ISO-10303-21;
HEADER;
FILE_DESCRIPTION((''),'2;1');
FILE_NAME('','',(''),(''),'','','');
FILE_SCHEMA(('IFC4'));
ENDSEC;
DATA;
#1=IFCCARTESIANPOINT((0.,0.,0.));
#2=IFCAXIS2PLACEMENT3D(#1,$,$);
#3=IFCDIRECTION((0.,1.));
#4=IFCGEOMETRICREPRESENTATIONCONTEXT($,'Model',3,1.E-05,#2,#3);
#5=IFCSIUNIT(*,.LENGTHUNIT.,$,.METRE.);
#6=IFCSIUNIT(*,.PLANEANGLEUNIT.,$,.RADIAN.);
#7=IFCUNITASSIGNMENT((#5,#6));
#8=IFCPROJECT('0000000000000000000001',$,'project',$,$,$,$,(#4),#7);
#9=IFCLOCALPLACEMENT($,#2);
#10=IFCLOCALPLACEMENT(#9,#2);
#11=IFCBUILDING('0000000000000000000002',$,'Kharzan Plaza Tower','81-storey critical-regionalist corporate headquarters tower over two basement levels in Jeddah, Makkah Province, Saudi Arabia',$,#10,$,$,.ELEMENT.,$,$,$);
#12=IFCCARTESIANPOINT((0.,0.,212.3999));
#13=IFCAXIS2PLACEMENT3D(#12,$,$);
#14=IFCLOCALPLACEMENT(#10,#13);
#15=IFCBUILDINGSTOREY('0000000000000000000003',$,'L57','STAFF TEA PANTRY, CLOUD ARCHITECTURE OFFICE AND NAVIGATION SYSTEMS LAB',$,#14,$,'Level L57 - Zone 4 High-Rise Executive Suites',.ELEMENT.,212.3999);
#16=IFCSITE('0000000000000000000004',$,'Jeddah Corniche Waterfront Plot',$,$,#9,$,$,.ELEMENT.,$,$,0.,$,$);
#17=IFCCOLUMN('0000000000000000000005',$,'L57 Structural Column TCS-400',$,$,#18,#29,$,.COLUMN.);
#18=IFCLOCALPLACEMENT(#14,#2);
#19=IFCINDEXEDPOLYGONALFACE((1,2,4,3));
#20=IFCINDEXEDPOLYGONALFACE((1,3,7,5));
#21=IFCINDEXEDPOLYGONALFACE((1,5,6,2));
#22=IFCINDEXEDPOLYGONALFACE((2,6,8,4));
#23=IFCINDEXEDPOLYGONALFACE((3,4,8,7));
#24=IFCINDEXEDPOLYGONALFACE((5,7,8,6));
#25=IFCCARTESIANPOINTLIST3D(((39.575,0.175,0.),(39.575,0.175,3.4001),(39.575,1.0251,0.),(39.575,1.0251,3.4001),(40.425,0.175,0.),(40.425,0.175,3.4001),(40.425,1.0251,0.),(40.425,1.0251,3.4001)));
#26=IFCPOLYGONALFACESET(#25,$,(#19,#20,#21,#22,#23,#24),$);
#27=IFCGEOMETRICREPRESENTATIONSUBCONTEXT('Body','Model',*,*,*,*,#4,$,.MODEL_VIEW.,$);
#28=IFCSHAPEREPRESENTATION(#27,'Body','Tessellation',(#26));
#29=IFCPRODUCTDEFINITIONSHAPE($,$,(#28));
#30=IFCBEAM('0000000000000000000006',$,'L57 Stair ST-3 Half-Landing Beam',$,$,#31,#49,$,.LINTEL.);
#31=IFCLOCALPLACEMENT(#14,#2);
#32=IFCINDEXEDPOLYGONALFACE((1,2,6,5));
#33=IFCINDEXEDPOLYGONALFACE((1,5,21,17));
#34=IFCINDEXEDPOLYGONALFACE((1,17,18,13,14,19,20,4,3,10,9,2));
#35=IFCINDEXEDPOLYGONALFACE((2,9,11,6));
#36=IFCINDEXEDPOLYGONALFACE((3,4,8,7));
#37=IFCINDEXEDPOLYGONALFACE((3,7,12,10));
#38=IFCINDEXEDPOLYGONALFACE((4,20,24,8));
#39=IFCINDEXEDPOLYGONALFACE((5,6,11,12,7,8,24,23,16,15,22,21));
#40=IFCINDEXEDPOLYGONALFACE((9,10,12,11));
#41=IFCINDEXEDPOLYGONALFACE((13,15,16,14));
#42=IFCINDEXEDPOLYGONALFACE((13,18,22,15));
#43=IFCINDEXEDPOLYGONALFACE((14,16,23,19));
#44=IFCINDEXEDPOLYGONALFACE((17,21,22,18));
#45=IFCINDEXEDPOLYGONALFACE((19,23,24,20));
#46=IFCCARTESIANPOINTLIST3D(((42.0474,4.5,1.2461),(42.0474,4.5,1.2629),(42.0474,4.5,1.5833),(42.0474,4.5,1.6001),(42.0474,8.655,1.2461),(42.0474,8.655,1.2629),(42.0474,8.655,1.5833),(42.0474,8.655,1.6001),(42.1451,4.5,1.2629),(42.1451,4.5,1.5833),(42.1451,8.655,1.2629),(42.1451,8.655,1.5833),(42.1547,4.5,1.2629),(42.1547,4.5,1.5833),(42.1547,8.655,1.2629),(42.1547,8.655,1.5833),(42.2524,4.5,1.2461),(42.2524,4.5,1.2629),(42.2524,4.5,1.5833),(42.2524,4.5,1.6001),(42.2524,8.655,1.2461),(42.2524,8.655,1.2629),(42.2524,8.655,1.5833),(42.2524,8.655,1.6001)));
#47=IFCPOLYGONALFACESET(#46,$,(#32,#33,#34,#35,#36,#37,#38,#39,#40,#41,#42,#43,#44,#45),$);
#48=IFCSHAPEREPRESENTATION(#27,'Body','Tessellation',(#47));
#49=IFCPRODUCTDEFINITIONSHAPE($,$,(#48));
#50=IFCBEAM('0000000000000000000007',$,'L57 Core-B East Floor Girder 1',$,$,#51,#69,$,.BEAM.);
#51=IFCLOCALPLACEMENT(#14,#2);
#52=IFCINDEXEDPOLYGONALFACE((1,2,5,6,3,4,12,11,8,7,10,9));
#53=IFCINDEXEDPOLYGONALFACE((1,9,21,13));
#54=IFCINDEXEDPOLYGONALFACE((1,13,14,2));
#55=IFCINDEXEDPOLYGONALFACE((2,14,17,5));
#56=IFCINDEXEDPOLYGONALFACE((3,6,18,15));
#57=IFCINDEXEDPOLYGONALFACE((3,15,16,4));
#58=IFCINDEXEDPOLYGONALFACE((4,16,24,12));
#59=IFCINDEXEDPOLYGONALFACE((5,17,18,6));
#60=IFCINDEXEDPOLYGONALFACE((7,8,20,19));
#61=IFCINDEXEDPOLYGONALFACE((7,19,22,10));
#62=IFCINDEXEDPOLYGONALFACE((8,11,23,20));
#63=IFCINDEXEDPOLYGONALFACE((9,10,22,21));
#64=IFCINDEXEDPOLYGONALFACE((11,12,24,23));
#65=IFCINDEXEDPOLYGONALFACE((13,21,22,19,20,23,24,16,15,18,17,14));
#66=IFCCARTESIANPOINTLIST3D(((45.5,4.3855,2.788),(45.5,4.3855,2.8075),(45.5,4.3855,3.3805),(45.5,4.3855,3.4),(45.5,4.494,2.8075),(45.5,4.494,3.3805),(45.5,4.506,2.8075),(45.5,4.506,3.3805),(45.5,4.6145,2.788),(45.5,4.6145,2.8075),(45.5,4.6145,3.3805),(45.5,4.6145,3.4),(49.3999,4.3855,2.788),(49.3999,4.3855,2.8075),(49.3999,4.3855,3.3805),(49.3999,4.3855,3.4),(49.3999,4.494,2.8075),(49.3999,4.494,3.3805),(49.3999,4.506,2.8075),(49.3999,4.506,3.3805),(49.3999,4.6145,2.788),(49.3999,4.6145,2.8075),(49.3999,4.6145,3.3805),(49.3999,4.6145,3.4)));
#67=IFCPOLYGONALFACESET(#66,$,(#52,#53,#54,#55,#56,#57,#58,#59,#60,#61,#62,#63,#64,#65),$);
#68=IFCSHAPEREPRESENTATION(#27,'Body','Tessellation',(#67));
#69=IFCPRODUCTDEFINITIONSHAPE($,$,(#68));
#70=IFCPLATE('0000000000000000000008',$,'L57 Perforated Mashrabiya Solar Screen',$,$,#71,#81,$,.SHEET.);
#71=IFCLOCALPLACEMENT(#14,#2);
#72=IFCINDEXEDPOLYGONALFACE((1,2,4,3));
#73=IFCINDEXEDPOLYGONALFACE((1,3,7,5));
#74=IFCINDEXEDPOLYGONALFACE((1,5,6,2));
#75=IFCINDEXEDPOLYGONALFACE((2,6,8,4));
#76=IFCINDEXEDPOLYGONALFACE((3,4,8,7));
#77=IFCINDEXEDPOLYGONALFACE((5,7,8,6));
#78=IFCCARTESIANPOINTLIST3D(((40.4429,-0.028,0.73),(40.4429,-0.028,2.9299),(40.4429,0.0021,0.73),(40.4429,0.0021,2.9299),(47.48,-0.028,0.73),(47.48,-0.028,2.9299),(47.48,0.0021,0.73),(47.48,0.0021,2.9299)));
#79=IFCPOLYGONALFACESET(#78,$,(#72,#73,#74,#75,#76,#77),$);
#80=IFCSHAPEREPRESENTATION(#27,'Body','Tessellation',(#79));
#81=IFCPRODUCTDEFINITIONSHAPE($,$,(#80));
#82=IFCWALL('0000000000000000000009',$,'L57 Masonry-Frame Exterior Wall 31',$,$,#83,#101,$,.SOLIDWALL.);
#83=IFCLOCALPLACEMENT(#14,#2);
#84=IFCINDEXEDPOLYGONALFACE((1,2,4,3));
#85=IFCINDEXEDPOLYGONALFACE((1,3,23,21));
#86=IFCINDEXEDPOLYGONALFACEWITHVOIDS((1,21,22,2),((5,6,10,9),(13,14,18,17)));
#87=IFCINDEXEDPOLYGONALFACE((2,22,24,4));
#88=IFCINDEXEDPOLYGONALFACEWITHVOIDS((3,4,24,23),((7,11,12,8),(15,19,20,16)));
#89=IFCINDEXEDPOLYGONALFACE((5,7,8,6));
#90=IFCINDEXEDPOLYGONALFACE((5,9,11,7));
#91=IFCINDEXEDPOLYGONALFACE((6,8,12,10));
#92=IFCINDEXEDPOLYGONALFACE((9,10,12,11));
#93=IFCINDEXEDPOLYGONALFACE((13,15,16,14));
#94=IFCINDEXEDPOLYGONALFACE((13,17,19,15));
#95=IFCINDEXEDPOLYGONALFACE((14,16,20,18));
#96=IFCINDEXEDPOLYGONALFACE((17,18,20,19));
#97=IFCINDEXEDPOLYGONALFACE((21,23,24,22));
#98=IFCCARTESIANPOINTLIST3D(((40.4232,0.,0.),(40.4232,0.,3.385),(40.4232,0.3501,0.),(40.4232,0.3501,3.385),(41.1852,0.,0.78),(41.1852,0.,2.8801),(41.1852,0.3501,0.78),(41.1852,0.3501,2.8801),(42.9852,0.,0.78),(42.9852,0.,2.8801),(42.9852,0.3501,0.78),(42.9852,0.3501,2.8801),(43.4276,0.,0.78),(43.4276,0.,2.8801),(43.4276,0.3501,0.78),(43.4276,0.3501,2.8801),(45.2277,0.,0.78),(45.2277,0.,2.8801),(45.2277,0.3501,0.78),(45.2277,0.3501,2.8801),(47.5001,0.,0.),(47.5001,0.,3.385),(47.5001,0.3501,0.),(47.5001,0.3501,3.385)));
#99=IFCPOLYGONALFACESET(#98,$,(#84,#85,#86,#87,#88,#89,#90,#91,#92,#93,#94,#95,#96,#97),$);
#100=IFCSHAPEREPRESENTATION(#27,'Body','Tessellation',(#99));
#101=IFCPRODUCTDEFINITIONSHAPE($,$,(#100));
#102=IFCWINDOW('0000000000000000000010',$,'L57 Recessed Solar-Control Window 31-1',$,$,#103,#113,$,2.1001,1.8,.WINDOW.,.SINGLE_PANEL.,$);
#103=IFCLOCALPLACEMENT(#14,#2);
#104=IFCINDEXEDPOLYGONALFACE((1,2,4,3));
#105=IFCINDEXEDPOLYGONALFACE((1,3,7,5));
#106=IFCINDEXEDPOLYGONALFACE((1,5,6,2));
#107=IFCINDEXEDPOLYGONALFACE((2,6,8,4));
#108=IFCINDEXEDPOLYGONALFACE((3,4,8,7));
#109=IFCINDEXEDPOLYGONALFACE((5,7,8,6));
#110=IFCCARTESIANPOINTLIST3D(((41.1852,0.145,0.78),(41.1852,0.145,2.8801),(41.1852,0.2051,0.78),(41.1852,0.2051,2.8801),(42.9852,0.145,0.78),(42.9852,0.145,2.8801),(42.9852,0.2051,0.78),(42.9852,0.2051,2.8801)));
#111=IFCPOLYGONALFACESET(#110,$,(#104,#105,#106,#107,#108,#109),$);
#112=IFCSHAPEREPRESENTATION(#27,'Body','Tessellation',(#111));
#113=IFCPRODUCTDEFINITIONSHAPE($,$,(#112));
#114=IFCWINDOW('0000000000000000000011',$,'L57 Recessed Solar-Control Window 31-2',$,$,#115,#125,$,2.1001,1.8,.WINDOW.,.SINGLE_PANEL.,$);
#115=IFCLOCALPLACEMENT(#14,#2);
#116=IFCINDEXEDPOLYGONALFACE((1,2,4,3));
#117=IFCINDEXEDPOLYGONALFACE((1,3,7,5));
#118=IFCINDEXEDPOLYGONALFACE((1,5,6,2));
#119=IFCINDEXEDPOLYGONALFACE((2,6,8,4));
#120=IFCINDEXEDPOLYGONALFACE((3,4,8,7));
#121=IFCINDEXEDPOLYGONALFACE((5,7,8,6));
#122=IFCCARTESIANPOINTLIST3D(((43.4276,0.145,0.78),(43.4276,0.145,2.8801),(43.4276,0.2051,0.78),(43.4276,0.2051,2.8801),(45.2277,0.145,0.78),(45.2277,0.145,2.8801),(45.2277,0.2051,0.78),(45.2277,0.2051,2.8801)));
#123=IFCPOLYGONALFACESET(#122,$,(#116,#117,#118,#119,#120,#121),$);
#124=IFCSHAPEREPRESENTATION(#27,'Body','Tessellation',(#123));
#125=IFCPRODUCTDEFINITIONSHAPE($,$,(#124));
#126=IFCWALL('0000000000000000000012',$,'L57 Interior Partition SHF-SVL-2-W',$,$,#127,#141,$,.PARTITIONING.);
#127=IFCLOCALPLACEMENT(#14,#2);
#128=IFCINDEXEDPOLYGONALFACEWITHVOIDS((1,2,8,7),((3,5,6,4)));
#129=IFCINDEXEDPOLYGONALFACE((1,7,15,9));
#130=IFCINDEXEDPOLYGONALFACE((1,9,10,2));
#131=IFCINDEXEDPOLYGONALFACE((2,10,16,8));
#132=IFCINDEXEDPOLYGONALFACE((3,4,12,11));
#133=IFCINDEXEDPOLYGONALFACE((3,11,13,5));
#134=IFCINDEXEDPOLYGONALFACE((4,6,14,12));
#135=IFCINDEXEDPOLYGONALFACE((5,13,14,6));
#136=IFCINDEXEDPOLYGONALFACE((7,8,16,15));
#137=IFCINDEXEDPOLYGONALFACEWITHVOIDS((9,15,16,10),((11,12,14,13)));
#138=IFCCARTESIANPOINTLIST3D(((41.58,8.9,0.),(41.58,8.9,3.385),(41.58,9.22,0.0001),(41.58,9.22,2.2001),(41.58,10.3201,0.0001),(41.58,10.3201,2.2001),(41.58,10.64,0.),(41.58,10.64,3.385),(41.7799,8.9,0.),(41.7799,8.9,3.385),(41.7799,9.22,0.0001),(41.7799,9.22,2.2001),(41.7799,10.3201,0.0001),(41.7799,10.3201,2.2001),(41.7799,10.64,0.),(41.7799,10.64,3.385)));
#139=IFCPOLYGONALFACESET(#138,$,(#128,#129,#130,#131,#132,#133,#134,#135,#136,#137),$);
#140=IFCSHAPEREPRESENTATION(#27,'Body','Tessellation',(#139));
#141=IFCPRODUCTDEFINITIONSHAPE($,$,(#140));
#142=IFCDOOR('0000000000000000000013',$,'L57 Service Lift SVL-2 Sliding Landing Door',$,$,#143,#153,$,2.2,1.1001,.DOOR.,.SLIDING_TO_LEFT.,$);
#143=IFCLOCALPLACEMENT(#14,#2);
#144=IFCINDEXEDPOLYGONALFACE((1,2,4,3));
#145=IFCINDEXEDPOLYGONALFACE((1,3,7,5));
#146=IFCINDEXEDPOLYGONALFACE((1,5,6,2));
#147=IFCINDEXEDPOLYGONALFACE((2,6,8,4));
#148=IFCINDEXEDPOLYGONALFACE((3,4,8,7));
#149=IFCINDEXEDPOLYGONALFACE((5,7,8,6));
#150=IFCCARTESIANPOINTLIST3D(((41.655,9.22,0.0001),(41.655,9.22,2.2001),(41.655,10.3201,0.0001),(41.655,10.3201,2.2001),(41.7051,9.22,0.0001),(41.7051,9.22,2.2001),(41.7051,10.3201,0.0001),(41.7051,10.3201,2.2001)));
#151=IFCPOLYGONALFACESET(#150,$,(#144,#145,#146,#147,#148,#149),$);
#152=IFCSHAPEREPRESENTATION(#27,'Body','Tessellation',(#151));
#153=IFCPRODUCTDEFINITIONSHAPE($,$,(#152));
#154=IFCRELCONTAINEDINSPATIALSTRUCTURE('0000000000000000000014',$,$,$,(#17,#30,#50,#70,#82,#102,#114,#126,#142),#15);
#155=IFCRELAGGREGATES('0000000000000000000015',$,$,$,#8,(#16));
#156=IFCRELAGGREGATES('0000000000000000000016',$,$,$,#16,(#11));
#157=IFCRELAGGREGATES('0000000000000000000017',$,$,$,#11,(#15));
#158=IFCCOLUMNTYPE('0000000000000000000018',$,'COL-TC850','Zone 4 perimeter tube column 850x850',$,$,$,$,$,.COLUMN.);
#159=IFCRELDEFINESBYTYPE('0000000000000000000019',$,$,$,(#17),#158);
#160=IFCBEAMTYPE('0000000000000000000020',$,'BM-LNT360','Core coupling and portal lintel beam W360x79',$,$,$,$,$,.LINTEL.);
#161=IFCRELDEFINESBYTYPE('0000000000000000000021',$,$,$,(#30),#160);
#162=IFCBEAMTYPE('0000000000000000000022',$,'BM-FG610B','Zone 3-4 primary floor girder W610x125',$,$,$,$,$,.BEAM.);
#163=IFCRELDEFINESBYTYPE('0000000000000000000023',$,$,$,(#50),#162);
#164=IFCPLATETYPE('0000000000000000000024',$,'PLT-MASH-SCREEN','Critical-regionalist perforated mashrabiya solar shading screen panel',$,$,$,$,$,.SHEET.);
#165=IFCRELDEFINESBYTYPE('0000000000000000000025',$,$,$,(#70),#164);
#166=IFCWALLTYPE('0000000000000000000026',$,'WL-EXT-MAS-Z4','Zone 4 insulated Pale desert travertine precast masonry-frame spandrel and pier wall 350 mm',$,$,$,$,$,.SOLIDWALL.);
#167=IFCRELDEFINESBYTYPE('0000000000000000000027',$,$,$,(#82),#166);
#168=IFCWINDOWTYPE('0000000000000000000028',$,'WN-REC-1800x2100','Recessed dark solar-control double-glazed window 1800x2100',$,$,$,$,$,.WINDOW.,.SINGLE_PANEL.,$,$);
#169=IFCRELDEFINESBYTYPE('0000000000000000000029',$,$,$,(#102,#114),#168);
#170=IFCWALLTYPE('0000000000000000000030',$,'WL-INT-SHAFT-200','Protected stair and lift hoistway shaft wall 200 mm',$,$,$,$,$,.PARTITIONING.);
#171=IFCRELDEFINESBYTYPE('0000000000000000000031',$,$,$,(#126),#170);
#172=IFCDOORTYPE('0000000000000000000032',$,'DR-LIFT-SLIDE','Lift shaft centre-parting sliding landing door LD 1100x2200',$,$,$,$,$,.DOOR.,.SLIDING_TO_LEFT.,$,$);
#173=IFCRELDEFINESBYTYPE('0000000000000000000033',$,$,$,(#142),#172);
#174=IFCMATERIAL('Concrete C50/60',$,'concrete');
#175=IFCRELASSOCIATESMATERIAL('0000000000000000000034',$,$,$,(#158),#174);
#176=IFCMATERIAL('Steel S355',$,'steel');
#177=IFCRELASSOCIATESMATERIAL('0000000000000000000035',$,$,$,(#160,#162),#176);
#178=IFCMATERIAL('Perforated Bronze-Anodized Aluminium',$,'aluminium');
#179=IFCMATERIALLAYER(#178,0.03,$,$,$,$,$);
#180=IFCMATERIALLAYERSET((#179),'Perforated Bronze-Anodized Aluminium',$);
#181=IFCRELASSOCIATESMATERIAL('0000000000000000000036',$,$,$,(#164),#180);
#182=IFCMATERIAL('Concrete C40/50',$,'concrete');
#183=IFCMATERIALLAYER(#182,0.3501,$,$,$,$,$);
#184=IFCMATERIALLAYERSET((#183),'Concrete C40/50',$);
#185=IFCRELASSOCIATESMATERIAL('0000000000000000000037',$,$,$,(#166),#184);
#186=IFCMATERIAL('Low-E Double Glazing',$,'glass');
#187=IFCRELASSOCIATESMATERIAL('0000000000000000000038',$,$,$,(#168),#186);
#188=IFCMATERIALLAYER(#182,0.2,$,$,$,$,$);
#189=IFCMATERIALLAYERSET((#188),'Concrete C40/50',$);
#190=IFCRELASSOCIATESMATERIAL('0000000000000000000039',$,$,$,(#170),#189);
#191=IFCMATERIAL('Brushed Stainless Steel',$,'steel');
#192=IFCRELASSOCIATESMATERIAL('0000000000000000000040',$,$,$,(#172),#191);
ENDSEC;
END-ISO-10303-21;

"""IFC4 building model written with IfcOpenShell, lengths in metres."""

from ifc_helpers import new_model, si_unit, direction, frame, frame_2d, origin, origin_2d, place, context, subcontext, project, spatial, rectangle, i_section, extrude, source, transform, mapped, material, layer, layer_set, material_profile, profile_set, type_object, element, fill, save


model = new_model("IFC4")

# Units and contexts
model_context = context("Model", 3, precision=1e-05, world=origin(), true_north=direction((0.0, 1.0)))
body_context = subcontext(model_context, "Body", "Model", "MODEL_VIEW")
ifc_project = project(units=[si_unit("LENGTHUNIT", "METRE"), si_unit("PLANEANGLEUNIT", "RADIAN")], contexts=[model_context])

# Site, building, storey
site_placement = place(None, origin())
site = spatial("IfcSite", under=ifc_project, at=site_placement, Name="Jeddah Corniche Waterfront Plot", CompositionType="ELEMENT", RefElevation=0.0)
building_placement = place(site_placement, origin())
building = spatial("IfcBuilding", under=site, at=building_placement, Name="Kharzan Plaza Tower", Description="81-storey critical-regionalist corporate headquarters tower over two basement levels in Jeddah, Makkah Province, Saudi Arabia", CompositionType="ELEMENT")
storey_placement = place(building_placement, frame((0.0, 0.0, 212.3999)))
storey = spatial("IfcBuildingStorey", under=building, at=storey_placement, Name="L57", Description="STAFF TEA PANTRY, CLOUD ARCHITECTURE OFFICE AND NAVIGATION SYSTEMS LAB", LongName="Level L57 - Zone 4 High-Rise Executive Suites", CompositionType="ELEMENT", Elevation=212.3999)

# Column
ifc_material_1 = material(Name="Concrete C50/60", Category="concrete")
ifc_material_profile_1 = material_profile(ifc_material_1, rectangle(XDim=0.8501, YDim=0.8501, at=origin_2d()), Name="RC-TC850x850")
ifc_profile_set_1 = profile_set([ifc_material_profile_1], Name="Concrete C50/60")
column_type = type_object("IfcColumnType", Name="COL-TC850", Description="Zone 4 perimeter tube column 850x850", PredefinedType="COLUMN", material=ifc_profile_set_1)
shared_shape_1 = source(origin(), body_context, "Body", "SweptSolid", [
    extrude(rectangle(XDim=0.8501, YDim=0.8501, at=origin_2d()), origin(), (0.0, 0.0, 1.0), 3.4001),
])
column_placement = place(storey_placement, frame((40.0, 0.6001, 0.0), z_axis=(0.0, 0.0, 1.0), x_axis=(1.0, 0.0, 0.0)))
element("IfcColumn", 1, at=column_placement, inside=storey, type_object=column_type, Name="L57 Structural Column TCS-400", PredefinedType="COLUMN", context=body_context, shape_type="MappedRepresentation", body=[
    mapped(shared_shape_1, transform((0.0, 0.0, 0.0), x_axis=(1.0, 0.0, 0.0), y_axis=(0.0, 1.0, 0.0), z_axis=(0.0, 0.0, 1.0))),
])

# Beams
ifc_material_2 = material(Name="Steel S355", Category="steel")
ifc_material_profile_2 = material_profile(ifc_material_2, i_section(OverallWidth=0.2051, OverallDepth=0.354, WebThickness=0.0095, FlangeThickness=0.0168, at=origin_2d()), Name="W360x79")
ifc_profile_set_2 = profile_set([ifc_material_profile_2], Name="Steel S355")
beam_type_1 = type_object("IfcBeamType", Name="BM-LNT360", Description="Core coupling and portal lintel beam W360x79", PredefinedType="LINTEL", material=ifc_profile_set_2)
shared_shape_2 = source(origin(), body_context, "Body", "SweptSolid", [
    extrude(i_section(OverallWidth=0.2051, OverallDepth=0.354, WebThickness=0.0095, FlangeThickness=0.0168, at=origin_2d()), origin(), (0.0, 0.0, 1.0), 4.155),
])
beam_1_placement = place(storey_placement, frame((42.1499, 4.5, 1.4231), z_axis=(0.0, 1.0, 0.0), x_axis=(-1.0, 0.0, 0.0)))
element("IfcBeam", 2, at=beam_1_placement, inside=storey, type_object=beam_type_1, Name="L57 Stair ST-3 Half-Landing Beam", PredefinedType="LINTEL", context=body_context, shape_type="MappedRepresentation", body=[
    mapped(shared_shape_2, transform((0.0, 0.0, 0.0), x_axis=(1.0, 0.0, 0.0), y_axis=(0.0, 1.0, 0.0), z_axis=(0.0, 0.0, 1.0))),
])
ifc_material_profile_3 = material_profile(ifc_material_2, i_section(OverallWidth=0.229, OverallDepth=0.6121, WebThickness=0.012, FlangeThickness=0.0195, at=origin_2d()), Name="W610x125")
ifc_profile_set_3 = profile_set([ifc_material_profile_3], Name="Steel S355")
beam_type_2 = type_object("IfcBeamType", Name="BM-FG610B", Description="Zone 3-4 primary floor girder W610x125", PredefinedType="BEAM", material=ifc_profile_set_3)
shared_shape_3 = source(origin(), body_context, "Body", "SweptSolid", [
    extrude(i_section(OverallWidth=0.229, OverallDepth=0.6121, WebThickness=0.012, FlangeThickness=0.0195, at=origin_2d()), origin(), (0.0, 0.0, 1.0), 3.8999),
])
beam_2_placement = place(storey_placement, frame((45.5, 4.5, 3.094), z_axis=(1.0, 0.0, 0.0), x_axis=(0.0, 1.0, 0.0)))
element("IfcBeam", 3, at=beam_2_placement, inside=storey, type_object=beam_type_2, Name="L57 Core-B East Floor Girder 1", PredefinedType="BEAM", context=body_context, shape_type="MappedRepresentation", body=[
    mapped(shared_shape_3, transform((0.0, 0.0, 0.0), x_axis=(1.0, 0.0, 0.0), y_axis=(0.0, 1.0, 0.0), z_axis=(0.0, 0.0, 1.0))),
])

# Plate
ifc_material_3 = material(Name="Perforated Bronze-Anodized Aluminium", Category="aluminium")
ifc_layer_1 = layer(ifc_material_3, 0.03)
ifc_layer_set_1 = layer_set([ifc_layer_1], Name="Perforated Bronze-Anodized Aluminium")
plate_type = type_object("IfcPlateType", Name="PLT-MASH-SCREEN", Description="Critical-regionalist perforated mashrabiya solar shading screen panel", PredefinedType="SHEET", material=ifc_layer_set_1)
shared_shape_4 = source(origin(), body_context, "Body", "SweptSolid", [
    extrude(rectangle(XDim=7.0371, YDim=0.03, at=origin_2d()), origin(), (0.0, 0.0, 1.0), 2.2),
])
plate_placement = place(storey_placement, frame((43.9614, -0.0129, 0.73), z_axis=(0.0, 0.0, 1.0), x_axis=(1.0, 0.0, 0.0)))
element("IfcPlate", 4, at=plate_placement, inside=storey, type_object=plate_type, Name="L57 Perforated Mashrabiya Solar Screen", PredefinedType="SHEET", context=body_context, shape_type="MappedRepresentation", body=[
    mapped(shared_shape_4, transform((0.0, 0.0, 0.0), x_axis=(1.0, 0.0, 0.0), y_axis=(0.0, 1.0, 0.0), z_axis=(0.0, 0.0, 1.0))),
])

# Wall, openings, windows
ifc_material_4 = material(Name="Concrete C40/50", Category="concrete")
ifc_layer_2 = layer(ifc_material_4, 0.3501)
ifc_layer_set_2 = layer_set([ifc_layer_2], Name="Concrete C40/50")
wall_type_1 = type_object("IfcWallType", Name="WL-EXT-MAS-Z4", Description="Zone 4 insulated Pale desert travertine precast masonry-frame spandrel and pier wall 350 mm", PredefinedType="SOLIDWALL", material=ifc_layer_set_2)
wall_1_placement = place(storey_placement, frame((40.4231, 0.175, 0.0), z_axis=(0.0, 0.0, 1.0), x_axis=(1.0, 0.0, 0.0)))
wall_1 = element("IfcWall", 5, at=wall_1_placement, inside=storey, type_object=wall_type_1, Name="L57 Masonry-Frame Exterior Wall 31", PredefinedType="SOLIDWALL", context=body_context, shape_type="SweptSolid", body=[
    extrude(rectangle(XDim=7.0769, YDim=0.3501, at=frame_2d((3.5386, 0.0))), origin(), (0.0, 0.0, 1.0), 3.385),
])
opening_1_placement = place(wall_1_placement, frame((0.7622, 0.0, 0.78)))
opening_1 = element("IfcOpeningElement", 6, at=opening_1_placement, cuts=wall_1, PredefinedType="OPENING", context=body_context, shape_type="SweptSolid", body=[
    extrude(rectangle(XDim=1.8, YDim=2.1001, at=frame_2d((0.8999, 1.05))), frame((0.0, 0.1851, 0.0), z_axis=(0.0, -1.0, 0.0), x_axis=(1.0, 0.0, 0.0)), (0.0, 0.0, 1.0), 0.3701),
])
opening_2_placement = place(wall_1_placement, frame((3.0046, 0.0, 0.78)))
opening_2 = element("IfcOpeningElement", 7, at=opening_2_placement, cuts=wall_1, PredefinedType="OPENING", context=body_context, shape_type="SweptSolid", body=[
    extrude(rectangle(XDim=1.8, YDim=2.1001, at=frame_2d((0.8999, 1.05))), frame((0.0, 0.1851, 0.0), z_axis=(0.0, -1.0, 0.0), x_axis=(1.0, 0.0, 0.0)), (0.0, 0.0, 1.0), 0.3701),
])
ifc_material_5 = material(Name="Low-E Double Glazing", Category="glass")
window_type = type_object("IfcWindowType", Name="WN-REC-1800x2100", Description="Recessed dark solar-control double-glazed window 1800x2100", PartitioningType="SINGLE_PANEL", PredefinedType="WINDOW", material=ifc_material_5)
shared_shape_5 = source(origin(), body_context, "Body", "SweptSolid", [
    extrude(rectangle(XDim=1.8, YDim=2.1001, at=frame_2d((0.8999, 1.05))), frame((0.0, 0.03, 0.0), z_axis=(0.0, -1.0, 0.0), x_axis=(1.0, 0.0, 0.0)), (0.0, 0.0, 1.0), 0.0601),
])
window_1_placement = place(opening_1_placement, origin())
window_1 = element("IfcWindow", 8, at=window_1_placement, inside=storey, type_object=window_type, Name="L57 Recessed Solar-Control Window 31-1", OverallHeight=2.1001, OverallWidth=1.8, PartitioningType="SINGLE_PANEL", PredefinedType="WINDOW", context=body_context, shape_type="MappedRepresentation", body=[
    mapped(shared_shape_5, transform((0.0, 0.0, 0.0), x_axis=(1.0, 0.0, 0.0), y_axis=(0.0, 1.0, 0.0), z_axis=(0.0, 0.0, 1.0))),
])
fill(opening_1, window_1)
window_2_placement = place(opening_2_placement, origin())
window_2 = element("IfcWindow", 9, at=window_2_placement, inside=storey, type_object=window_type, Name="L57 Recessed Solar-Control Window 31-2", OverallHeight=2.1001, OverallWidth=1.8, PartitioningType="SINGLE_PANEL", PredefinedType="WINDOW", context=body_context, shape_type="MappedRepresentation", body=[
    mapped(shared_shape_5, transform((0.0, 0.0, 0.0), x_axis=(1.0, 0.0, 0.0), y_axis=(0.0, 1.0, 0.0), z_axis=(0.0, 0.0, 1.0))),
])
fill(opening_2, window_2)

# Wall, opening, door
ifc_layer_3 = layer(ifc_material_4, 0.2)
ifc_layer_set_3 = layer_set([ifc_layer_3], Name="Concrete C40/50")
wall_type_2 = type_object("IfcWallType", Name="WL-INT-SHAFT-200", Description="Protected stair and lift hoistway shaft wall 200 mm", PredefinedType="PARTITIONING", material=ifc_layer_set_3)
wall_2_placement = place(storey_placement, frame((41.6799, 8.8999, 0.0), z_axis=(0.0, 0.0, 1.0), x_axis=(0.0, 1.0, 0.0)))
wall_2 = element("IfcWall", 10, at=wall_2_placement, inside=storey, type_object=wall_type_2, Name="L57 Interior Partition SHF-SVL-2-W", PredefinedType="PARTITIONING", context=body_context, shape_type="SweptSolid", body=[
    extrude(rectangle(XDim=1.74, YDim=0.2, at=frame_2d((0.8701, 0.0))), origin(), (0.0, 0.0, 1.0), 3.385),
])
opening_3_placement = place(wall_2_placement, frame((0.3201, 0.0, 0.0)))
opening_3 = element("IfcOpeningElement", 11, at=opening_3_placement, cuts=wall_2, PredefinedType="OPENING", context=body_context, shape_type="SweptSolid", body=[
    extrude(rectangle(XDim=1.1001, YDim=2.2, at=frame_2d((0.55, 1.1001))), frame((0.0, 0.1099, 0.0), z_axis=(0.0, -1.0, 0.0), x_axis=(1.0, 0.0, 0.0)), (0.0, 0.0, 1.0), 0.22),
])
ifc_material_6 = material(Name="Brushed Stainless Steel", Category="steel")
door_type_1 = type_object("IfcDoorType", Name="DR-LIFT-SLIDE", Description="Lift shaft centre-parting sliding landing door LD 1100x2200", OperationType="SLIDING_TO_LEFT", PredefinedType="DOOR", material=ifc_material_6)
shared_shape_6 = source(origin(), body_context, "Body", "SweptSolid", [
    extrude(rectangle(XDim=1.1001, YDim=2.2, at=frame_2d((0.55, 1.1001))), frame((0.0, 0.0249, 0.0), z_axis=(0.0, -1.0, 0.0), x_axis=(1.0, 0.0, 0.0)), (0.0, 0.0, 1.0), 0.05),
])
door_1_placement = place(opening_3_placement, origin())
door_1 = element("IfcDoor", 12, at=door_1_placement, inside=storey, type_object=door_type_1, Name="L57 Service Lift SVL-2 Sliding Landing Door", OperationType="SLIDING_TO_LEFT", OverallHeight=2.2, OverallWidth=1.1001, PredefinedType="DOOR", context=body_context, shape_type="MappedRepresentation", body=[
    mapped(shared_shape_6, transform((0.0, 0.0, 0.0), x_axis=(1.0, 0.0, 0.0), y_axis=(0.0, 1.0, 0.0), z_axis=(0.0, 0.0, 1.0))),
])
fill(opening_3, door_1)

save(model, "model.ifc")
